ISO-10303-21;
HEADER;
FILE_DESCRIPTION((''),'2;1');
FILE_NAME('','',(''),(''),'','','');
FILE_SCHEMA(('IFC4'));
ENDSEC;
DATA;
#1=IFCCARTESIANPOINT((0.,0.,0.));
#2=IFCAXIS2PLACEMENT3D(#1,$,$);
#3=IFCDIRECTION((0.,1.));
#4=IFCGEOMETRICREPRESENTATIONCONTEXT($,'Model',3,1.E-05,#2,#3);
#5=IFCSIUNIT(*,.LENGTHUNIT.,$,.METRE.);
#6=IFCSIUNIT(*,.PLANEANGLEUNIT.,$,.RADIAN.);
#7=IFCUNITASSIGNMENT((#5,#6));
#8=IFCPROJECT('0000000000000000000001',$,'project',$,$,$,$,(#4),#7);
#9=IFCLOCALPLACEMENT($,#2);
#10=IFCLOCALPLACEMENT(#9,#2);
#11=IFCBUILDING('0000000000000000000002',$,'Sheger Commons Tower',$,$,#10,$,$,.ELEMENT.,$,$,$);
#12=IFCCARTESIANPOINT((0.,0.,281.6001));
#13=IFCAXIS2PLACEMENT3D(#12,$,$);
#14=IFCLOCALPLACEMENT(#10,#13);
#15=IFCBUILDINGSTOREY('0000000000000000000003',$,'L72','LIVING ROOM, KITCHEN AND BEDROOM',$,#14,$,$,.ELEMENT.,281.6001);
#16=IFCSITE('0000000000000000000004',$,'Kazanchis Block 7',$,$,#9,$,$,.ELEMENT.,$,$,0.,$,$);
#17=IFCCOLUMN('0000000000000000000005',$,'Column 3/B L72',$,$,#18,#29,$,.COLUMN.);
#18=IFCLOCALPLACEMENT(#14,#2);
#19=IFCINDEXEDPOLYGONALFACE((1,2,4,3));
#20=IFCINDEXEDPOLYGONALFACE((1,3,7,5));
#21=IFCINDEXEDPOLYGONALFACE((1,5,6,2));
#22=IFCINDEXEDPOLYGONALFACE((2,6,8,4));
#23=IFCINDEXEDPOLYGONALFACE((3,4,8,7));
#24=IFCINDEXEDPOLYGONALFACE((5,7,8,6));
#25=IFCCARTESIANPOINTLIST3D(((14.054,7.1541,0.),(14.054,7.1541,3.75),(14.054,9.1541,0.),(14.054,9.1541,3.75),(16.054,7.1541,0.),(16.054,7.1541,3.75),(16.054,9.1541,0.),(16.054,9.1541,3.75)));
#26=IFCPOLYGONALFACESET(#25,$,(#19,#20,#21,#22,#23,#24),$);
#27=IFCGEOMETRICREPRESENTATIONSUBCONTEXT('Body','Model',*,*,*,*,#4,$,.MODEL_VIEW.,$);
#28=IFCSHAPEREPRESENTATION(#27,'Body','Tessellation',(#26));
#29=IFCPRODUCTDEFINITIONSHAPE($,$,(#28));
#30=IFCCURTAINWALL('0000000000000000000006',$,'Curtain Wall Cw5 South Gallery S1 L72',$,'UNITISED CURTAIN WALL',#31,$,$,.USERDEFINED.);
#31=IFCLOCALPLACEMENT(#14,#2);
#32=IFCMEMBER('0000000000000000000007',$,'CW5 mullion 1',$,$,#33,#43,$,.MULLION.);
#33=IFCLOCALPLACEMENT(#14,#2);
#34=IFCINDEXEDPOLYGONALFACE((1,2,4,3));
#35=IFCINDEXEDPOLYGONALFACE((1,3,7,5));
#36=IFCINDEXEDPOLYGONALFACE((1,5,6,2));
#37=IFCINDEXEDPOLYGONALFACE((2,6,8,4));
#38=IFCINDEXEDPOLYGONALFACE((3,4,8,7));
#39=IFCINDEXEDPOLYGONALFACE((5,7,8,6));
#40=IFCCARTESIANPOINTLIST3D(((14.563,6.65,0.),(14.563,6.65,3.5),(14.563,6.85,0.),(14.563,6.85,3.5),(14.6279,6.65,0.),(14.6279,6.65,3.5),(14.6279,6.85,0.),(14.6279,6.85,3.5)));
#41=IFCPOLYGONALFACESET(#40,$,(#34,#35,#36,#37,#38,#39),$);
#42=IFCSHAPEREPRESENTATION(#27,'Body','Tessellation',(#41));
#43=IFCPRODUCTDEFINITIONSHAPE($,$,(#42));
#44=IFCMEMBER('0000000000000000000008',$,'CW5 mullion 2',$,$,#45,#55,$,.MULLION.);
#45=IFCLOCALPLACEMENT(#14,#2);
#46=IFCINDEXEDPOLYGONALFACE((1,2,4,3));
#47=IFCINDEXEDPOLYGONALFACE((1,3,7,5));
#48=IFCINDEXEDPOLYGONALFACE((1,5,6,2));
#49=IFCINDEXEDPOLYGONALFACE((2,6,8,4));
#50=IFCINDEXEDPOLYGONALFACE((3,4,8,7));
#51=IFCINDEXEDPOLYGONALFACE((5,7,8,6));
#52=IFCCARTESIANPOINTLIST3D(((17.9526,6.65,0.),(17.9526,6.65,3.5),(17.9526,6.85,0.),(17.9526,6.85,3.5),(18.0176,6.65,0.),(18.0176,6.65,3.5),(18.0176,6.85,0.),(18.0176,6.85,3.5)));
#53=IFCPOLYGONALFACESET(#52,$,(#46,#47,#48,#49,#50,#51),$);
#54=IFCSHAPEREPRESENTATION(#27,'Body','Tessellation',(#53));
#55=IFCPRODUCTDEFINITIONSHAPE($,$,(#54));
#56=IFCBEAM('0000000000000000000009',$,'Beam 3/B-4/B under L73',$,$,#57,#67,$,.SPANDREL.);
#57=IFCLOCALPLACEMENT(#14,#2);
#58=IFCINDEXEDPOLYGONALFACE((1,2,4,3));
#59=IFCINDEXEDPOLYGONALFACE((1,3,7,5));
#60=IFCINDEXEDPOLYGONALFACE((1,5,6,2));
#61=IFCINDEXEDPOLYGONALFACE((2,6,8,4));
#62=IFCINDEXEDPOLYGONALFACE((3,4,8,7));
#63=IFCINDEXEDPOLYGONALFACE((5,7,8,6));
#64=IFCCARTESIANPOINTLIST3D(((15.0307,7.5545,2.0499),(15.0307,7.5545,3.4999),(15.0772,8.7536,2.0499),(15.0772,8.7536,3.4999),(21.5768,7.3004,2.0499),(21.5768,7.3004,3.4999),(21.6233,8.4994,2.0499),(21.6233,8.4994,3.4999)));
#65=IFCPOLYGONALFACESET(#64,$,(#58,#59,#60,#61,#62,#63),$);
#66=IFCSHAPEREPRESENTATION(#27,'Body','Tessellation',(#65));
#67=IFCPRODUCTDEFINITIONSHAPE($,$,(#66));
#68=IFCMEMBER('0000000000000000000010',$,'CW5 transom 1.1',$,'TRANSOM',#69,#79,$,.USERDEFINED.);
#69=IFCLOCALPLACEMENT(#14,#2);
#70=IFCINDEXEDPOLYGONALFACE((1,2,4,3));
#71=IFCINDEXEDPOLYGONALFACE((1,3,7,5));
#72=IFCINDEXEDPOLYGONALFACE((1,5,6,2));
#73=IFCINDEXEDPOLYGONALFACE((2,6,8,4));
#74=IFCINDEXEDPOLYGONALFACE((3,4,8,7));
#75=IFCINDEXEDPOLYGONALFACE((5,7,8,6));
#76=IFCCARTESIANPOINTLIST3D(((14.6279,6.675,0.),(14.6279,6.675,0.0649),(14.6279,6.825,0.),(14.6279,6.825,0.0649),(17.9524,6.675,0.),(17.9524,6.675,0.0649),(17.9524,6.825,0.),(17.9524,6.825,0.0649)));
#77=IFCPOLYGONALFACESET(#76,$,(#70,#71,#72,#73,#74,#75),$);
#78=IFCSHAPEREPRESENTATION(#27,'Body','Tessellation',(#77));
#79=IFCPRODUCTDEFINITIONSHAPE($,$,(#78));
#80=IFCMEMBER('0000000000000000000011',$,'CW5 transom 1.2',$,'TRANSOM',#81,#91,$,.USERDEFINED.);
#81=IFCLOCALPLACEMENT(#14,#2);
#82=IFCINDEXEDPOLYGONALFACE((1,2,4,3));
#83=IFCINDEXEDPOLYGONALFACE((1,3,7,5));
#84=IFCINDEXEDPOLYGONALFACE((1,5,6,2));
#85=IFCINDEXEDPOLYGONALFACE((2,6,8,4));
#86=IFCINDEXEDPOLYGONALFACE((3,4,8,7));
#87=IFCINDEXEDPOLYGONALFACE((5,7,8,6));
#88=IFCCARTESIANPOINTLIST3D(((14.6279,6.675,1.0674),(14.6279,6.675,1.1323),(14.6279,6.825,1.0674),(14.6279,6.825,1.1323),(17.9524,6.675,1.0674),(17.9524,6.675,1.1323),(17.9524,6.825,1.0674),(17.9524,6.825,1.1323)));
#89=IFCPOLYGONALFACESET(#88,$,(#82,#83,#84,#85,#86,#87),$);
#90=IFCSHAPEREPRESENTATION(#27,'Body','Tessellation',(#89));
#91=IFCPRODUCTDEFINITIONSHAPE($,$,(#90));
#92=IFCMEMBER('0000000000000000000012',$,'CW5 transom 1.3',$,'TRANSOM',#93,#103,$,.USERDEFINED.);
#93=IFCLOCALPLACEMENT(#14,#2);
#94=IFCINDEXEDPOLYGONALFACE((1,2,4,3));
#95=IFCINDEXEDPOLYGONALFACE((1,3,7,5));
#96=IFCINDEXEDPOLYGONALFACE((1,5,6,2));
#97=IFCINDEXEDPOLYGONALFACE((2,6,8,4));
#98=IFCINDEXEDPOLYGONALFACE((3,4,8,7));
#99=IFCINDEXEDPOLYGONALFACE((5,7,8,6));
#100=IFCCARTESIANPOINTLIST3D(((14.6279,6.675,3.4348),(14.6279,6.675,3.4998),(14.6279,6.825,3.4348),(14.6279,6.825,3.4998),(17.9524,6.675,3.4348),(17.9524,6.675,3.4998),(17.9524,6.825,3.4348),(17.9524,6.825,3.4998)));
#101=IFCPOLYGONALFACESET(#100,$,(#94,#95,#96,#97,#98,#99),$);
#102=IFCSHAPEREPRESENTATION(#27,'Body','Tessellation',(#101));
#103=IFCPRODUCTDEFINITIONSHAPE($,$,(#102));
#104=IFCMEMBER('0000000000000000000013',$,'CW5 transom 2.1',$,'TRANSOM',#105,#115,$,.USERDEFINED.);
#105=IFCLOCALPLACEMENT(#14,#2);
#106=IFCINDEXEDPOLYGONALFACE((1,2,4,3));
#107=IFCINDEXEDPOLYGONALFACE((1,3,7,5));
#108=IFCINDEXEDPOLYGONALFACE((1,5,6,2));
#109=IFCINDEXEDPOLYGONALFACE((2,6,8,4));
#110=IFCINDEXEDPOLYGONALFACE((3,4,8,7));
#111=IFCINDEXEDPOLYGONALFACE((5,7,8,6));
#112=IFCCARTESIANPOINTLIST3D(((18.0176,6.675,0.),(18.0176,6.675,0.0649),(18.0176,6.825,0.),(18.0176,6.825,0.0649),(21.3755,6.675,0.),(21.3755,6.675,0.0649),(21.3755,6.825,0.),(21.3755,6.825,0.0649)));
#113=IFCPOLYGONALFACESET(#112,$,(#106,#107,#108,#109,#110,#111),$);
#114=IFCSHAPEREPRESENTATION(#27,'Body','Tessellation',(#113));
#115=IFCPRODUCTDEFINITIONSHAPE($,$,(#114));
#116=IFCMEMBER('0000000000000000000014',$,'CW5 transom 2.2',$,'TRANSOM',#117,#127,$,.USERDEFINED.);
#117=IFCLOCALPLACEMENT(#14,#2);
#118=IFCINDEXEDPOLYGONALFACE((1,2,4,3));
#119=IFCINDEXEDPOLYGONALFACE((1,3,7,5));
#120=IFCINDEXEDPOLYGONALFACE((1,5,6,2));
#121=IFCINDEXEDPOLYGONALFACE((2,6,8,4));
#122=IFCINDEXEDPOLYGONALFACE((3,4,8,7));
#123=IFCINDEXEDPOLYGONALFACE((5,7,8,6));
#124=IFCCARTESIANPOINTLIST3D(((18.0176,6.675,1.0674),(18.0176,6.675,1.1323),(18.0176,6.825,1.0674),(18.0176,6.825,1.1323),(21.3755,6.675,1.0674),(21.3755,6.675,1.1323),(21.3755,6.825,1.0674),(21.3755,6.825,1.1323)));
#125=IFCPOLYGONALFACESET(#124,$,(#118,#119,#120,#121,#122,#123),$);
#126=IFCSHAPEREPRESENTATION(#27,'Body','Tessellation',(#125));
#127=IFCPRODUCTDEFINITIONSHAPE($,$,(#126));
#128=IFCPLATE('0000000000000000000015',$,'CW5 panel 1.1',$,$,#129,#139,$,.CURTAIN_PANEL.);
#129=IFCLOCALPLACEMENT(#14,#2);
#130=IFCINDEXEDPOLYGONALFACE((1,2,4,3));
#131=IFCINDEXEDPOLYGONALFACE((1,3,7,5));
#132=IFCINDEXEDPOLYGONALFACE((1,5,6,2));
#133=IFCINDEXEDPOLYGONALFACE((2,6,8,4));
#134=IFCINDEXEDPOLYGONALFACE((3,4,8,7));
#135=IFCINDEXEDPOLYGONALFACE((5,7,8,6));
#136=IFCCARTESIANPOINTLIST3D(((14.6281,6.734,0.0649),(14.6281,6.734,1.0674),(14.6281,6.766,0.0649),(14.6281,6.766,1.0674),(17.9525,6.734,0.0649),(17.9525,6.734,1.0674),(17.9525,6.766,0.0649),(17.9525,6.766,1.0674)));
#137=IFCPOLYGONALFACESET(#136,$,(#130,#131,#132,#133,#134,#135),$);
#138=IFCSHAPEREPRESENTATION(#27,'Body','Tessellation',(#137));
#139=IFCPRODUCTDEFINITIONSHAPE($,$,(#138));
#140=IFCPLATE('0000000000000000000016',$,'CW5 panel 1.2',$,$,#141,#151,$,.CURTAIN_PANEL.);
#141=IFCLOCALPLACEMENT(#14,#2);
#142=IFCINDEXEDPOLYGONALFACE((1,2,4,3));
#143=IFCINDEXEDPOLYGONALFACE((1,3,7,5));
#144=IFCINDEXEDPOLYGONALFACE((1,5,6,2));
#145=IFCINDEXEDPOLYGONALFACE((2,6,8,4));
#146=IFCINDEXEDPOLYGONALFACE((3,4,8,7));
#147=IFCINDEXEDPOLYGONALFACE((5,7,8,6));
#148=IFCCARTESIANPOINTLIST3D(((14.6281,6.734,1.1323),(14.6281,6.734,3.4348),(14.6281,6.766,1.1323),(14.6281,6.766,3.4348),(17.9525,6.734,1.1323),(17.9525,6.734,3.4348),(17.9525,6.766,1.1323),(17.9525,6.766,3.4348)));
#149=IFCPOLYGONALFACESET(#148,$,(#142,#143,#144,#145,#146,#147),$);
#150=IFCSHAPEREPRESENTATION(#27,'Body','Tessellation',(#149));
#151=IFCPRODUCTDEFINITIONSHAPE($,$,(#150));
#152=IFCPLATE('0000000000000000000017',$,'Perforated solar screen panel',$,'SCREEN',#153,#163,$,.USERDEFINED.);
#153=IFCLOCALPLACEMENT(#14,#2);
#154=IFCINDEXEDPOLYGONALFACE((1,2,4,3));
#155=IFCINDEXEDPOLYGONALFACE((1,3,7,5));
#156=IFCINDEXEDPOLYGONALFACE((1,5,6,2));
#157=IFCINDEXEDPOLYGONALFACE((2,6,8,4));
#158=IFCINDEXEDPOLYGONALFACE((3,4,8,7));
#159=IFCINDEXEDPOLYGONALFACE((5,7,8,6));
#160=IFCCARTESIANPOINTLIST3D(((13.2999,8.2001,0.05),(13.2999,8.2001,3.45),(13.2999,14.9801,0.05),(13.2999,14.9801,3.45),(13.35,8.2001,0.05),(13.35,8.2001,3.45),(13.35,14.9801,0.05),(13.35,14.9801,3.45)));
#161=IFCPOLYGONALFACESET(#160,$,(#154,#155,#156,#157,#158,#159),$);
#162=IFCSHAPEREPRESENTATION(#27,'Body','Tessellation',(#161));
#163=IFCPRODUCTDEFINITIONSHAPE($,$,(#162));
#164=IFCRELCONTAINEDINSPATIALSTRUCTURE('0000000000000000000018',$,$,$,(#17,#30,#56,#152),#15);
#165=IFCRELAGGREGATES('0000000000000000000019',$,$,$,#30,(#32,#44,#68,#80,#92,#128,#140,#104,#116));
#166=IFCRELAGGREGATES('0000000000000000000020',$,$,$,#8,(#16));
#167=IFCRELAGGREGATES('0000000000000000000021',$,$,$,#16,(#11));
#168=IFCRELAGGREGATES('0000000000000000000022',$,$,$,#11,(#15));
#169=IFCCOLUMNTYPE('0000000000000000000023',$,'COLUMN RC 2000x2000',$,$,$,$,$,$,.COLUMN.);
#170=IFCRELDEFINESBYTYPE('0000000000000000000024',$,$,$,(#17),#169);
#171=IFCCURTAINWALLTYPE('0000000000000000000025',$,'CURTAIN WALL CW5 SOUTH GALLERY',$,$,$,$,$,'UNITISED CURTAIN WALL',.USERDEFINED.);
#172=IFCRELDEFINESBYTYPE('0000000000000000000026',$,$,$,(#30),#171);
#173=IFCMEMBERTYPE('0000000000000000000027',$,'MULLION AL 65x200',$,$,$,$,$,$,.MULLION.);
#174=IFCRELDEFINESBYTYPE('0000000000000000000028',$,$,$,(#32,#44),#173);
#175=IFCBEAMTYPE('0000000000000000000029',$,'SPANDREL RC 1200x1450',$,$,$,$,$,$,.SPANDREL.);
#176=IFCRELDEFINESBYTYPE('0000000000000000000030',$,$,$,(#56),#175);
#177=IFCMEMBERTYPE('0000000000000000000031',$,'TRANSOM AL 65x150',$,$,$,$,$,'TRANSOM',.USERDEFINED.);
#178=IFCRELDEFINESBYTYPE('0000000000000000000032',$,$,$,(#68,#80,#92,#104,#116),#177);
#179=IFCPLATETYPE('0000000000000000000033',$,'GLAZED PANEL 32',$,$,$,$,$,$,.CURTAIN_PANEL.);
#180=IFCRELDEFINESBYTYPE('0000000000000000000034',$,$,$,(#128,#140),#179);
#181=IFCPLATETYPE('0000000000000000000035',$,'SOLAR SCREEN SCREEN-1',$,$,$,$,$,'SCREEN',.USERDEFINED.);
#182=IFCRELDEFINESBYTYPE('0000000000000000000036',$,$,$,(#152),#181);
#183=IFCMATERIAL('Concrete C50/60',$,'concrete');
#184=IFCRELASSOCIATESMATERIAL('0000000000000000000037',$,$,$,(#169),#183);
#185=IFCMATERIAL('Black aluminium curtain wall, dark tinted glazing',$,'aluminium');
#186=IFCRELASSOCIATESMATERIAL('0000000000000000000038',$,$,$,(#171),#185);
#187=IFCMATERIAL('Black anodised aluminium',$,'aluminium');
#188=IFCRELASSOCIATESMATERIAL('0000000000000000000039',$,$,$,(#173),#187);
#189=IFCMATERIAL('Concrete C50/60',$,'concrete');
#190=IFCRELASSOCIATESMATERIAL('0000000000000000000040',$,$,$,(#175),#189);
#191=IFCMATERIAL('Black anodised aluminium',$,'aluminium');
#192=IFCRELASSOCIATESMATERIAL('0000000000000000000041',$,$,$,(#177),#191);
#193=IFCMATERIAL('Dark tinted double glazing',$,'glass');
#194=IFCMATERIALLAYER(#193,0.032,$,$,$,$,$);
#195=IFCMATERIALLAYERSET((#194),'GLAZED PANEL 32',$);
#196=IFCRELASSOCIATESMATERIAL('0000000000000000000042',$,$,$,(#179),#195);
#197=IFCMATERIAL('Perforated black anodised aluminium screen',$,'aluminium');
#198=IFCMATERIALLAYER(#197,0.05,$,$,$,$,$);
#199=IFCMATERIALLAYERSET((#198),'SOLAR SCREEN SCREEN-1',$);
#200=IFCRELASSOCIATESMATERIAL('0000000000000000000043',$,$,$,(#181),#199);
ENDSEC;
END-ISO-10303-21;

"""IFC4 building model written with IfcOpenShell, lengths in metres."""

from ifc_helpers import new_model, si_unit, direction, frame, origin, origin_2d, place, context, subcontext, project, spatial, rectangle, extrude, material, layer, layer_set, material_profile, profile_set, type_object, element, aggregate, save


model = new_model("IFC4")

# Units and contexts
model_context = context("Model", 3, precision=1e-05, world=origin(), true_north=direction((0.0, 1.0)))
body_context = subcontext(model_context, "Body", "Model", "MODEL_VIEW")
ifc_project = project(units=[si_unit("LENGTHUNIT", "METRE"), si_unit("PLANEANGLEUNIT", "RADIAN")], contexts=[model_context])

# Site, building, storey
site_placement = place(None, origin())
site = spatial("IfcSite", under=ifc_project, at=site_placement, Name="Kazanchis Block 7", CompositionType="ELEMENT", RefElevation=0.0)
building_placement = place(site_placement, origin())
building = spatial("IfcBuilding", under=site, at=building_placement, Name="Sheger Commons Tower", CompositionType="ELEMENT")
storey_placement = place(building_placement, frame((0.0, 0.0, 281.6001)))
storey = spatial("IfcBuildingStorey", under=building, at=storey_placement, Name="L72", Description="LIVING ROOM, KITCHEN AND BEDROOM", CompositionType="ELEMENT", Elevation=281.6001)

# Column
ifc_material_1 = material(Name="Concrete C50/60", Category="concrete")
ifc_material_profile_1 = material_profile(ifc_material_1, rectangle(XDim=2.0, YDim=2.0, at=origin_2d()), Name="RC 2000x2000")
ifc_profile_set_1 = profile_set([ifc_material_profile_1], Name="Concrete C50/60")
column_type = type_object("IfcColumnType", Name="COLUMN RC 2000x2000", PredefinedType="COLUMN", material=ifc_profile_set_1)
column_placement = place(storey_placement, frame((15.054, 8.1541, 0.0), z_axis=(0.0, 0.0, 1.0), x_axis=(1.0, 0.0, 0.0)))
element("IfcColumn", 1, at=column_placement, inside=storey, type_object=column_type, Name="Column 3/B L72", PredefinedType="COLUMN", context=body_context, shape_type="SweptSolid", body=[
    extrude(rectangle(XDim=2.0, YDim=2.0, at=origin_2d()), origin(), (0.0, 0.0, 1.0), 3.75),
])

# Curtain wall, members
ifc_material_2 = material(Name="Black aluminium curtain wall, dark tinted glazing", Category="aluminium")
curtain_wall_type = type_object("IfcCurtainWallType", Name="CURTAIN WALL CW5 SOUTH GALLERY", ElementType="UNITISED CURTAIN WALL", PredefinedType="USERDEFINED", material=ifc_material_2)
curtain_wall_placement = place(storey_placement, origin())
curtain_wall = element("IfcCurtainWall", 2, at=curtain_wall_placement, inside=storey, type_object=curtain_wall_type, Name="Curtain Wall Cw5 South Gallery S1 L72", ObjectType="UNITISED CURTAIN WALL", PredefinedType="USERDEFINED")
ifc_material_3 = material(Name="Black anodised aluminium", Category="aluminium")
ifc_material_profile_2 = material_profile(ifc_material_3, rectangle(XDim=0.2, YDim=0.0649, at=origin_2d()), Name="AL 65x200")
ifc_profile_set_2 = profile_set([ifc_material_profile_2], Name="Black anodised aluminium")
member_type_1 = type_object("IfcMemberType", Name="MULLION AL 65x200", PredefinedType="MULLION", material=ifc_profile_set_2)
member_1_placement = place(storey_placement, frame((14.5955, 6.75, 0.0), z_axis=(0.0, 0.0, 1.0), x_axis=(0.0, 1.0, 0.0)))
member_1 = element("IfcMember", 3, at=member_1_placement, type_object=member_type_1, Name="CW5 mullion 1", PredefinedType="MULLION", context=body_context, shape_type="SweptSolid", body=[
    extrude(rectangle(XDim=0.2, YDim=0.0649, at=origin_2d()), origin(), (0.0, 0.0, 1.0), 3.5),
])
member_2_placement = place(storey_placement, frame((17.9851, 6.75, 0.0), z_axis=(0.0, 0.0, 1.0), x_axis=(0.0, 1.0, 0.0)))
member_2 = element("IfcMember", 4, at=member_2_placement, type_object=member_type_1, Name="CW5 mullion 2", PredefinedType="MULLION", context=body_context, shape_type="SweptSolid", body=[
    extrude(rectangle(XDim=0.2, YDim=0.0649, at=origin_2d()), origin(), (0.0, 0.0, 1.0), 3.5),
])

# Beam
ifc_material_4 = material(Name="Concrete C50/60", Category="concrete")
ifc_material_profile_3 = material_profile(ifc_material_4, rectangle(XDim=1.2, YDim=1.45, at=origin_2d()), Name="RC 1200x1450")
ifc_profile_set_3 = profile_set([ifc_material_profile_3], Name="Concrete C50/60")
beam_type = type_object("IfcBeamType", Name="SPANDREL RC 1200x1450", PredefinedType="SPANDREL", material=ifc_profile_set_3)
beam_placement = place(storey_placement, frame((15.054, 8.1541, 2.7749), z_axis=(0.999247, -0.038795, 0.0), x_axis=(0.038795, 0.999247, 0.0)))
element("IfcBeam", 5, at=beam_placement, inside=storey, type_object=beam_type, Name="Beam 3/B-4/B under L73", PredefinedType="SPANDREL", context=body_context, shape_type="SweptSolid", body=[
    extrude(rectangle(XDim=1.2, YDim=1.45, at=origin_2d()), origin(), (0.0, 0.0, 1.0), 6.551),
])

# Members
ifc_material_5 = material(Name="Black anodised aluminium", Category="aluminium")
ifc_material_profile_4 = material_profile(ifc_material_5, rectangle(XDim=0.1499, YDim=0.0649, at=origin_2d()), Name="AL 65x150")
ifc_profile_set_4 = profile_set([ifc_material_profile_4], Name="Black anodised aluminium")
member_type_2 = type_object("IfcMemberType", Name="TRANSOM AL 65x150", ElementType="TRANSOM", PredefinedType="USERDEFINED", material=ifc_profile_set_4)
member_3_placement = place(storey_placement, frame((14.6279, 6.75, 0.0325), z_axis=(1.0, 0.0, 0.0), x_axis=(0.0, 1.0, 0.0)))
member_3 = element("IfcMember", 6, at=member_3_placement, type_object=member_type_2, Name="CW5 transom 1.1", ObjectType="TRANSOM", PredefinedType="USERDEFINED", context=body_context, shape_type="SweptSolid", body=[
    extrude(rectangle(XDim=0.1499, YDim=0.0649, at=origin_2d()), origin(), (0.0, 0.0, 1.0), 3.3245),
])
member_4_placement = place(storey_placement, frame((14.6279, 6.75, 1.0999), z_axis=(1.0, 0.0, 0.0), x_axis=(0.0, 1.0, 0.0)))
member_4 = element("IfcMember", 7, at=member_4_placement, type_object=member_type_2, Name="CW5 transom 1.2", ObjectType="TRANSOM", PredefinedType="USERDEFINED", context=body_context, shape_type="SweptSolid", body=[
    extrude(rectangle(XDim=0.1499, YDim=0.0649, at=origin_2d()), origin(), (0.0, 0.0, 1.0), 3.3245),
])
member_5_placement = place(storey_placement, frame((14.6279, 6.75, 3.4673), z_axis=(1.0, 0.0, 0.0), x_axis=(0.0, 1.0, 0.0)))
member_5 = element("IfcMember", 8, at=member_5_placement, type_object=member_type_2, Name="CW5 transom 1.3", ObjectType="TRANSOM", PredefinedType="USERDEFINED", context=body_context, shape_type="SweptSolid", body=[
    extrude(rectangle(XDim=0.1499, YDim=0.0649, at=origin_2d()), origin(), (0.0, 0.0, 1.0), 3.3245),
])
member_6_placement = place(storey_placement, frame((18.0176, 6.75, 0.0325), z_axis=(1.0, 0.0, 0.0), x_axis=(0.0, 1.0, 0.0)))
member_6 = element("IfcMember", 9, at=member_6_placement, type_object=member_type_2, Name="CW5 transom 2.1", ObjectType="TRANSOM", PredefinedType="USERDEFINED", context=body_context, shape_type="SweptSolid", body=[
    extrude(rectangle(XDim=0.1499, YDim=0.0649, at=origin_2d()), origin(), (0.0, 0.0, 1.0), 3.3579),
])
member_7_placement = place(storey_placement, frame((18.0176, 6.75, 1.0999), z_axis=(1.0, 0.0, 0.0), x_axis=(0.0, 1.0, 0.0)))
member_7 = element("IfcMember", 10, at=member_7_placement, type_object=member_type_2, Name="CW5 transom 2.2", ObjectType="TRANSOM", PredefinedType="USERDEFINED", context=body_context, shape_type="SweptSolid", body=[
    extrude(rectangle(XDim=0.1499, YDim=0.0649, at=origin_2d()), origin(), (0.0, 0.0, 1.0), 3.3579),
])

# Plates
ifc_material_6 = material(Name="Dark tinted double glazing", Category="glass")
ifc_layer_1 = layer(ifc_material_6, 0.032)
ifc_layer_set_1 = layer_set([ifc_layer_1], Name="GLAZED PANEL 32")
plate_type_1 = type_object("IfcPlateType", Name="GLAZED PANEL 32", PredefinedType="CURTAIN_PANEL", material=ifc_layer_set_1)
plate_1_placement = place(storey_placement, frame((16.2903, 6.75, 0.0649), z_axis=(0.0, 0.0, 1.0), x_axis=(1.0, 0.0, 0.0)))
plate_1 = element("IfcPlate", 11, at=plate_1_placement, type_object=plate_type_1, Name="CW5 panel 1.1", PredefinedType="CURTAIN_PANEL", context=body_context, shape_type="SweptSolid", body=[
    extrude(rectangle(XDim=3.3245, YDim=0.032, at=origin_2d()), origin(), (0.0, 0.0, 1.0), 1.0024),
])
plate_2_placement = place(storey_placement, frame((16.2903, 6.75, 1.1323), z_axis=(0.0, 0.0, 1.0), x_axis=(1.0, 0.0, 0.0)))
plate_2 = element("IfcPlate", 12, at=plate_2_placement, type_object=plate_type_1, Name="CW5 panel 1.2", PredefinedType="CURTAIN_PANEL", context=body_context, shape_type="SweptSolid", body=[
    extrude(rectangle(XDim=3.3245, YDim=0.032, at=origin_2d()), origin(), (0.0, 0.0, 1.0), 2.3025),
])
aggregate(curtain_wall, [member_1, member_2, member_3, member_4, member_5, plate_1, plate_2, member_6, member_7])
ifc_material_7 = material(Name="Perforated black anodised aluminium screen", Category="aluminium")
ifc_layer_2 = layer(ifc_material_7, 0.05)
ifc_layer_set_2 = layer_set([ifc_layer_2], Name="SOLAR SCREEN SCREEN-1")
plate_type_2 = type_object("IfcPlateType", Name="SOLAR SCREEN SCREEN-1", ElementType="SCREEN", PredefinedType="USERDEFINED", material=ifc_layer_set_2)
plate_3_placement = place(storey_placement, frame((13.325, 11.5901, 0.05), z_axis=(0.0, 0.0, 1.0), x_axis=(0.0, -1.0, 0.0)))
element("IfcPlate", 13, at=plate_3_placement, inside=storey, type_object=plate_type_2, Name="Perforated solar screen panel", ObjectType="SCREEN", PredefinedType="USERDEFINED", context=body_context, shape_type="SweptSolid", body=[
    extrude(rectangle(XDim=6.78, YDim=0.05, at=origin_2d()), origin(), (0.0, 0.0, 1.0), 3.3999),
])

save(model, "model.ifc")
